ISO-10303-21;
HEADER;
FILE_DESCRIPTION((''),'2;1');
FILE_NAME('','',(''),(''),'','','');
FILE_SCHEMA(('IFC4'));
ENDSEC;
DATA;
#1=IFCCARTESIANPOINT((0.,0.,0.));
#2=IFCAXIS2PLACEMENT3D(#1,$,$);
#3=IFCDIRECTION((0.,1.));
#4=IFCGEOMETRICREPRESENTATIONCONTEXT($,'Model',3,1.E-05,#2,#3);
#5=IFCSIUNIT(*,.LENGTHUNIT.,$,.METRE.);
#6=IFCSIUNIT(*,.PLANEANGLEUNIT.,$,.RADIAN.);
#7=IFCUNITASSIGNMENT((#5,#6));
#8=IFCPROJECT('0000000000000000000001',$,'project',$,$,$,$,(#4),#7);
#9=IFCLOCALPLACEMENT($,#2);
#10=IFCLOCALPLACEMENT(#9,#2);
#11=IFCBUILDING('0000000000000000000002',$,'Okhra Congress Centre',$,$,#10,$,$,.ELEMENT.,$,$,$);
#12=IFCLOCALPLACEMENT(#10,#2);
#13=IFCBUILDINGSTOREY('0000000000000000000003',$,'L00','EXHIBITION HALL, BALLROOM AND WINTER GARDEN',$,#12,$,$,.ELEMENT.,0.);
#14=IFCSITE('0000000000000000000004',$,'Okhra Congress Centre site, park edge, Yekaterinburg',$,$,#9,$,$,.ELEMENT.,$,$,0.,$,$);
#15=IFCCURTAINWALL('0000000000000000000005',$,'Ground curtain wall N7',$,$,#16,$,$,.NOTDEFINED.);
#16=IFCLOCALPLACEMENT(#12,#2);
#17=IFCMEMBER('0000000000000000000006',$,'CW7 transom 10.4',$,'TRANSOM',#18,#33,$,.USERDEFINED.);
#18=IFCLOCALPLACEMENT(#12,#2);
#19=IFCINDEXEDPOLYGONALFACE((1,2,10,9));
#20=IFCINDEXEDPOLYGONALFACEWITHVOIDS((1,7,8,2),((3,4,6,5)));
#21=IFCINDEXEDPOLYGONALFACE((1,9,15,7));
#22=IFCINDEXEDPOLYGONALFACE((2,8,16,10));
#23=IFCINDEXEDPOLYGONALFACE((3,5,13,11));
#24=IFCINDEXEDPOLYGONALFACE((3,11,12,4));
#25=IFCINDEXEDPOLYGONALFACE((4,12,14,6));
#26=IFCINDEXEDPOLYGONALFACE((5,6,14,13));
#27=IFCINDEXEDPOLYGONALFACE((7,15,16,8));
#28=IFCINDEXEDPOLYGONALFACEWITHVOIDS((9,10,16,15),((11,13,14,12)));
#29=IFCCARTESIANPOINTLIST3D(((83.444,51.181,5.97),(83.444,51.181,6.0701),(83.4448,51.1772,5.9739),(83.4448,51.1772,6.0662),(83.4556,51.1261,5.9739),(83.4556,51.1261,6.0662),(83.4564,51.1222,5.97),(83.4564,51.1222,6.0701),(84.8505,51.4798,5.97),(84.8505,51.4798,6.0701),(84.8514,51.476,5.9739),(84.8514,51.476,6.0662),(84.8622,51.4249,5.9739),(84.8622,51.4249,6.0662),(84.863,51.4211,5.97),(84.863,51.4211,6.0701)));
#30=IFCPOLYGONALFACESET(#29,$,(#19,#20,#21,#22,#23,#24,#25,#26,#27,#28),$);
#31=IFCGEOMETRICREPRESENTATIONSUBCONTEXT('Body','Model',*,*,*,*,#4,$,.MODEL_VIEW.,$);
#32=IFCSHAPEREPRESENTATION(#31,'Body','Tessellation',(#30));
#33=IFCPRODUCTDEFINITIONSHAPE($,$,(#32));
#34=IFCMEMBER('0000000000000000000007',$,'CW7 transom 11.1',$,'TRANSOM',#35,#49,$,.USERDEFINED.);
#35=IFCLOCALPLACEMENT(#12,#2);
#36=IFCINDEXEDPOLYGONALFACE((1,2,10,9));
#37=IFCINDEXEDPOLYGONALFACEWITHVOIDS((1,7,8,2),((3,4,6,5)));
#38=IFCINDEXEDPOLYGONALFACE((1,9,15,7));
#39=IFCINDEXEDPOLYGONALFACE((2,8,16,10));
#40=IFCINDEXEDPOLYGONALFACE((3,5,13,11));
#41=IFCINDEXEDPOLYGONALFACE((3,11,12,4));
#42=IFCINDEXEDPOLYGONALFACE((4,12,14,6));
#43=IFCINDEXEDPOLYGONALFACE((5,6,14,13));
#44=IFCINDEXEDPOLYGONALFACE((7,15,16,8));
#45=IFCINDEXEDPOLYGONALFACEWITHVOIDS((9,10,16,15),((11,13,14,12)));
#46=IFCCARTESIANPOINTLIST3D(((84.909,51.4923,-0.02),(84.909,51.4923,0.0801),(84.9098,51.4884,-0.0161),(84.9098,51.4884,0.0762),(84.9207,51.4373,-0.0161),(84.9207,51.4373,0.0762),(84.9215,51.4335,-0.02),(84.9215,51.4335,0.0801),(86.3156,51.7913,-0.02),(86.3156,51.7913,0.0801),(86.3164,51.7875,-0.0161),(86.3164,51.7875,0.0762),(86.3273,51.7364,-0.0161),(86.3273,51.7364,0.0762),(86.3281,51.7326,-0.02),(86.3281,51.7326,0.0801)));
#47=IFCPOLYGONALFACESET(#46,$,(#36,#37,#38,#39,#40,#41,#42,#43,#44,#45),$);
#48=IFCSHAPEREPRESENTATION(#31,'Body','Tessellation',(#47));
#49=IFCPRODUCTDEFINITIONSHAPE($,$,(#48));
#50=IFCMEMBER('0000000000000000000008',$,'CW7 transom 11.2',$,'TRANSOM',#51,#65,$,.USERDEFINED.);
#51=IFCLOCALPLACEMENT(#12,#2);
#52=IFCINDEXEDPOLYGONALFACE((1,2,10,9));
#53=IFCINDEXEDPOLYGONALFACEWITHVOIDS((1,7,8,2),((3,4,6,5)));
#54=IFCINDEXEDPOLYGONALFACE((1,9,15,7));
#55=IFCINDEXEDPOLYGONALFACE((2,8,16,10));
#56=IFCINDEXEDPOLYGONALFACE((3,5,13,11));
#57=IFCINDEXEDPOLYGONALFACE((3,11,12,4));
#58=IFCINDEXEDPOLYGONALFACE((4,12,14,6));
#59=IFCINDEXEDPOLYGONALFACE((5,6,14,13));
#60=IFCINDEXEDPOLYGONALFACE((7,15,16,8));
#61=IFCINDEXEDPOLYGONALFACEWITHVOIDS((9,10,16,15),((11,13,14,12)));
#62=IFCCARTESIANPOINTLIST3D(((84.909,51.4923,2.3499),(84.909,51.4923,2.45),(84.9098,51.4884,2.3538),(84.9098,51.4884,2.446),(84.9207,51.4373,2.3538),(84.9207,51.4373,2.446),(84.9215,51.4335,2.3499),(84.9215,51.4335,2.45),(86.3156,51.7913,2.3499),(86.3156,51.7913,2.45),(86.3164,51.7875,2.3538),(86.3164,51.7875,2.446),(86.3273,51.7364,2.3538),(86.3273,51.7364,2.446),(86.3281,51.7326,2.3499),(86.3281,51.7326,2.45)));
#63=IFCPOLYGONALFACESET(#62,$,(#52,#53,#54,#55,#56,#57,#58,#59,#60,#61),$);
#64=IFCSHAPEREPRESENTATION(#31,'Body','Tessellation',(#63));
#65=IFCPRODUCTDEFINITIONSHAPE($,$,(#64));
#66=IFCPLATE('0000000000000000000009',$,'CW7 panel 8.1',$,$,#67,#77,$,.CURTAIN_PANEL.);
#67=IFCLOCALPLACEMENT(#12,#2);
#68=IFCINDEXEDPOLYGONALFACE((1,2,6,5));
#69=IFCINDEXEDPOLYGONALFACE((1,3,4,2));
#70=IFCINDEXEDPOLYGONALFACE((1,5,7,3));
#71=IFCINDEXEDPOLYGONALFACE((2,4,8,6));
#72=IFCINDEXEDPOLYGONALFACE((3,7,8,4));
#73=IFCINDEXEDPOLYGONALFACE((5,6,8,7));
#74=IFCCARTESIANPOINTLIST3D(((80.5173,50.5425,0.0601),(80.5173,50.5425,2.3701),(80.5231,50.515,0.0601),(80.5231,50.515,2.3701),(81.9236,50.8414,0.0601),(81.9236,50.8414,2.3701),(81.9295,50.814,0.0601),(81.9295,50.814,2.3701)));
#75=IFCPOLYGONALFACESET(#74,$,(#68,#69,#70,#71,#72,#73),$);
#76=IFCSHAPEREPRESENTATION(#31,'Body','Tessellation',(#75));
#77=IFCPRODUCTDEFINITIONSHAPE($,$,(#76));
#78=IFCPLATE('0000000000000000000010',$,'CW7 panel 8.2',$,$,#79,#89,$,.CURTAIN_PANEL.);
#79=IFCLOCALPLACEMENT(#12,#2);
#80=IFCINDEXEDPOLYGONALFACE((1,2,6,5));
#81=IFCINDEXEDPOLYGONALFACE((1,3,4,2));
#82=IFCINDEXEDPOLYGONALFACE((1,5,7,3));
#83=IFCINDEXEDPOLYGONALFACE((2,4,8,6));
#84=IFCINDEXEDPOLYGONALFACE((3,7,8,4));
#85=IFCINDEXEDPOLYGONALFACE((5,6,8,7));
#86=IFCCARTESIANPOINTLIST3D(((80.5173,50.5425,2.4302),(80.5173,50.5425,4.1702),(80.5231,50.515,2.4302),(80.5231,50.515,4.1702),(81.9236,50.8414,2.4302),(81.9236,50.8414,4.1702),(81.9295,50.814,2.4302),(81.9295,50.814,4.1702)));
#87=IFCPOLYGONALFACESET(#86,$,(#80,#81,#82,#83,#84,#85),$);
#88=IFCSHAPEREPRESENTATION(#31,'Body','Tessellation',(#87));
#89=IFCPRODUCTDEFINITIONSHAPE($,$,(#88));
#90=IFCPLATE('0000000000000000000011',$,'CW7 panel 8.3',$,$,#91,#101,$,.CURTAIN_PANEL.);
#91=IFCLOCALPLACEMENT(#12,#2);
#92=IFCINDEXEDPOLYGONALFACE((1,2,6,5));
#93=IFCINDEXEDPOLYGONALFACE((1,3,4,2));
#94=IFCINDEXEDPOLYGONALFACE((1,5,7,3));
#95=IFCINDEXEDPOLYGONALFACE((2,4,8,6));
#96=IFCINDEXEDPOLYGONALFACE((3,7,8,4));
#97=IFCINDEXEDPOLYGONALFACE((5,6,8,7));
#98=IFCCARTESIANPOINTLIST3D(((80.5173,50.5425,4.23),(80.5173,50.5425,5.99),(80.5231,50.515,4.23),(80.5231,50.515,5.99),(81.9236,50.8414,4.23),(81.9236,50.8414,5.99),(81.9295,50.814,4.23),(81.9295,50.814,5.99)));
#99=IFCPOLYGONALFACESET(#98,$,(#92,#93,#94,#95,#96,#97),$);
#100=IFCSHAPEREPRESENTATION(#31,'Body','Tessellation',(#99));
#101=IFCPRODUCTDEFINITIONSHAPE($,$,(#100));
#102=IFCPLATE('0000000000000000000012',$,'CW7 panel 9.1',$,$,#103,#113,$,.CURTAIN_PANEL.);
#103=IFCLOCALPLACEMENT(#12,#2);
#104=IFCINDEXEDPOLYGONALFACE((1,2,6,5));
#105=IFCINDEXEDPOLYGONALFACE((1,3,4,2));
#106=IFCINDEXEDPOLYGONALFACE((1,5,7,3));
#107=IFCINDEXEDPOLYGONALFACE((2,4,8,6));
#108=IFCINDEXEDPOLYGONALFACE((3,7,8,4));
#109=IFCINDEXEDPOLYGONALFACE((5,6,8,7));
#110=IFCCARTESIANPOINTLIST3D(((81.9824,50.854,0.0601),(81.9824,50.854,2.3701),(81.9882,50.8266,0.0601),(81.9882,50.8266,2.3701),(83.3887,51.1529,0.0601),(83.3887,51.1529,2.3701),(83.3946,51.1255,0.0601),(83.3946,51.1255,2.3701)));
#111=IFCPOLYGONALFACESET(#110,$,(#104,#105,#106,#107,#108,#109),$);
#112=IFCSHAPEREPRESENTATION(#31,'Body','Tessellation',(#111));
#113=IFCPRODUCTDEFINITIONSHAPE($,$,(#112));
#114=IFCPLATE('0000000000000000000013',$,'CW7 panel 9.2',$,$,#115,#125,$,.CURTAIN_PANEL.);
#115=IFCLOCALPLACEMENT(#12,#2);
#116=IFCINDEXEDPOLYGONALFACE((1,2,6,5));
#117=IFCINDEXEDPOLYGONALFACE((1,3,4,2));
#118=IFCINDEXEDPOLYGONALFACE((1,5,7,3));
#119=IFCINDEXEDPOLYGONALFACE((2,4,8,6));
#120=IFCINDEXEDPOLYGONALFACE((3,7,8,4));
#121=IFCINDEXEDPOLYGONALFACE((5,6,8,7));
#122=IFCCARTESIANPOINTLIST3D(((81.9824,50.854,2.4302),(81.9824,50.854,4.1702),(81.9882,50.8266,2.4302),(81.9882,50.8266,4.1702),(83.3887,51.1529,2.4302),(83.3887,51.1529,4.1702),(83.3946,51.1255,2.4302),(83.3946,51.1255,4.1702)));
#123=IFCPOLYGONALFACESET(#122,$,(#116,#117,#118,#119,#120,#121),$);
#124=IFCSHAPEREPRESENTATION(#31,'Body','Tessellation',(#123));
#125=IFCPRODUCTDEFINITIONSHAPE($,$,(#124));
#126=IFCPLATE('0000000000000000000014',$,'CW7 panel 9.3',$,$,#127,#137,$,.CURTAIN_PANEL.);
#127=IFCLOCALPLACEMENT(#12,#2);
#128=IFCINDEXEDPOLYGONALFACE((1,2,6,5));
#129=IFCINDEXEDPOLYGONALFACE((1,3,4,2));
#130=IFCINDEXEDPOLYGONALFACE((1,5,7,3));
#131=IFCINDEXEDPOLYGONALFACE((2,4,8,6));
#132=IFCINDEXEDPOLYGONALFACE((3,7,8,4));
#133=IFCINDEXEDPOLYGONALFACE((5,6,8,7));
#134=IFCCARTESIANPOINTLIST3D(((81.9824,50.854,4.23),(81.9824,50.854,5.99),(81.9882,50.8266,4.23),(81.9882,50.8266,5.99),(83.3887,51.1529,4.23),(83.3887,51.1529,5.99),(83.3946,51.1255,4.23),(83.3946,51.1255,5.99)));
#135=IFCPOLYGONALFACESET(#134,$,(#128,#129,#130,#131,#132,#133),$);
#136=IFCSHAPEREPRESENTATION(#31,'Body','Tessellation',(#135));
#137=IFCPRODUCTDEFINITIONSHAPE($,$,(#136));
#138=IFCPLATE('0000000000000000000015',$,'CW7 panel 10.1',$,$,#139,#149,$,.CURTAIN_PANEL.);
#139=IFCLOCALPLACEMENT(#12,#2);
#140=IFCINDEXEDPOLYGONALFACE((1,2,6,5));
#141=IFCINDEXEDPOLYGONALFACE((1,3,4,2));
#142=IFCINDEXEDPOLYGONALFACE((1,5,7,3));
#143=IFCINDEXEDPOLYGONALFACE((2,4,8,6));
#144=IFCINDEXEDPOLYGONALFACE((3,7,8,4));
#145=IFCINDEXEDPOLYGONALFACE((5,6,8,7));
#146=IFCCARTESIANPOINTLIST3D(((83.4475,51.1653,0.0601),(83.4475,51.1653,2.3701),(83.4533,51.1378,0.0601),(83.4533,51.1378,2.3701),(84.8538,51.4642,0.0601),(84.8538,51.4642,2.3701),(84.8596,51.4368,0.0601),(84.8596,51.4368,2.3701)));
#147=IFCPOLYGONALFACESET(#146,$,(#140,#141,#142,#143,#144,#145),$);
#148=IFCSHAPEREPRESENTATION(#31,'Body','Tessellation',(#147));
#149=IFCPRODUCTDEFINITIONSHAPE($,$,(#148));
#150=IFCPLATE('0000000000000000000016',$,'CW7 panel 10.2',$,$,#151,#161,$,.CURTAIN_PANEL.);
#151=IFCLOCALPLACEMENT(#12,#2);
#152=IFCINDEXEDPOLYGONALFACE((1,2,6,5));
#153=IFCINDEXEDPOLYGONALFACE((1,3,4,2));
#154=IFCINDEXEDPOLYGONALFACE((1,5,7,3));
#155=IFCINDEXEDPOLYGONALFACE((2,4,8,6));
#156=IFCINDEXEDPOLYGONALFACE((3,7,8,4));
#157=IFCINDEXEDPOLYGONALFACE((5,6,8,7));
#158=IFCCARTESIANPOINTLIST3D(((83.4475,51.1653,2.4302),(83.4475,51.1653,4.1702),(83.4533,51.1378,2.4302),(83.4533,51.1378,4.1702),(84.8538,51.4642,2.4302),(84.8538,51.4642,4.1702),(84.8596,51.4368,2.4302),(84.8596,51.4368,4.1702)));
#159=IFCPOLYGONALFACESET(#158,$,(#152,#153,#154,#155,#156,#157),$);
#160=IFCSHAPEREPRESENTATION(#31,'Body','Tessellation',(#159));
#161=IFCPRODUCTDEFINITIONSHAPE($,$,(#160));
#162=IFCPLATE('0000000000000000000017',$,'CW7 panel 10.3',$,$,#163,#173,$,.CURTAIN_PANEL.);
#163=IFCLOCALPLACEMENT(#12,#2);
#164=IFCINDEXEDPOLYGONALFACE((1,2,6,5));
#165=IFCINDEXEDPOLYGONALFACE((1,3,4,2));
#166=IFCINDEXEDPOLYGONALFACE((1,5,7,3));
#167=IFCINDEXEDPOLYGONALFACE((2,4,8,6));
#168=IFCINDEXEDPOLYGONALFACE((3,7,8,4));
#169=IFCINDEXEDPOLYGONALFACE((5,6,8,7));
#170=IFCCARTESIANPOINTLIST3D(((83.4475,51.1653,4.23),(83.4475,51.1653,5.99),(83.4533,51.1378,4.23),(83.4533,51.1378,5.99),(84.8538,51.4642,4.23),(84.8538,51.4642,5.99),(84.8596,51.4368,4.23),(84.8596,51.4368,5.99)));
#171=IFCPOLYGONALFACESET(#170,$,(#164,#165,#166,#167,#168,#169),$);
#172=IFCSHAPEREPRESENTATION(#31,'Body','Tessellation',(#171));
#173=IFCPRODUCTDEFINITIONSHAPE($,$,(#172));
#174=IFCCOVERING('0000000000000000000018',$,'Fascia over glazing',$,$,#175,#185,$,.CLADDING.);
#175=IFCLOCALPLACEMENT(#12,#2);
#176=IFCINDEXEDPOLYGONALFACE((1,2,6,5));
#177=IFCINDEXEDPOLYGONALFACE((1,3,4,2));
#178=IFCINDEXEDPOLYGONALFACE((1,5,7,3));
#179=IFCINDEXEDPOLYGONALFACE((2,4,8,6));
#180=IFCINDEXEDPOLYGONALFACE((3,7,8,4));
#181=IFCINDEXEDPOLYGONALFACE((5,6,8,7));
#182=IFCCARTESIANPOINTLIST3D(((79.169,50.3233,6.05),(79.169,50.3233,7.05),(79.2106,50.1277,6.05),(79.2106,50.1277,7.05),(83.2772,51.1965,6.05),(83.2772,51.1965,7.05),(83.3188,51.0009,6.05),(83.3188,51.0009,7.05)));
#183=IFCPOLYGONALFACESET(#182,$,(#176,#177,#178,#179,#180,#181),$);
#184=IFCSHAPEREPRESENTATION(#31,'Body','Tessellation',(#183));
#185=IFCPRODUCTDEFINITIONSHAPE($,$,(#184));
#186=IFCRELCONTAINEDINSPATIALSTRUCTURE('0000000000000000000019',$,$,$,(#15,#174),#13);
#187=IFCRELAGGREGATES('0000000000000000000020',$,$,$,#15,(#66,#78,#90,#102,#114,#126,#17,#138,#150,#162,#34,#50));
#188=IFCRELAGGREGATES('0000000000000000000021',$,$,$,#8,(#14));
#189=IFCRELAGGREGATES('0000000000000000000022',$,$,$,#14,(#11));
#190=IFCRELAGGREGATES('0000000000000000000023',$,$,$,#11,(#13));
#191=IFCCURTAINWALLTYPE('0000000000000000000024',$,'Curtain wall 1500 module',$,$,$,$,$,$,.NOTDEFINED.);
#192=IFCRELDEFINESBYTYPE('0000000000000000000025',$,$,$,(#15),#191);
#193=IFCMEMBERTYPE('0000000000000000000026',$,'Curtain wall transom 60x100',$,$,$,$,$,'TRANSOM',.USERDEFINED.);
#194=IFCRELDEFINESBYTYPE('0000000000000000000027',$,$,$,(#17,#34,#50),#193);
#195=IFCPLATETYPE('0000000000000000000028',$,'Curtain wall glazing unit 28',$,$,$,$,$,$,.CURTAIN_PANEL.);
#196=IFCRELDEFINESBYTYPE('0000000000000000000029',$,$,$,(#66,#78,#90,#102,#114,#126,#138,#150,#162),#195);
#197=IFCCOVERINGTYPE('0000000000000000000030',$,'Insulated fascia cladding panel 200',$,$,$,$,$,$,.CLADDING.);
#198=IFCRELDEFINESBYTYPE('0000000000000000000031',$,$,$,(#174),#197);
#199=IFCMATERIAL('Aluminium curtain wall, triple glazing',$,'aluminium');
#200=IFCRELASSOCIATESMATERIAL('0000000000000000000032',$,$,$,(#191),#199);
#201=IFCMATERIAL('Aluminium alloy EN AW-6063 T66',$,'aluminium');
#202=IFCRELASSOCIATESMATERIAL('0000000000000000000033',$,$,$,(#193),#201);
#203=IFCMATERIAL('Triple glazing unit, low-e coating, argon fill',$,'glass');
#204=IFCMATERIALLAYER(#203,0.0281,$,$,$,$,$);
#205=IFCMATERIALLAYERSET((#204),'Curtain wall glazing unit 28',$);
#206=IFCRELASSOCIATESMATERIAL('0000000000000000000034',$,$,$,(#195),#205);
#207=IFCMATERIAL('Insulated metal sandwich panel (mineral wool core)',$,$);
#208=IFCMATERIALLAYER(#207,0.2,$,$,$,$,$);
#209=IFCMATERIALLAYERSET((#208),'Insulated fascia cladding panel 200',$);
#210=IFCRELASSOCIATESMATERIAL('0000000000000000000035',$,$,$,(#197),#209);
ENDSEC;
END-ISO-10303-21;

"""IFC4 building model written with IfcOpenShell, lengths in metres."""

from ifc_helpers import new_model, si_unit, direction, frame, origin, origin_2d, place, context, subcontext, project, spatial, rectangle, hollow_rectangle, extrude, material, layer, layer_set, material_profile, profile_set, type_object, element, aggregate, save


model = new_model("IFC4")

# Units and contexts
model_context = context("Model", 3, precision=1e-05, world=origin(), true_north=direction((0.0, 1.0)))
body_context = subcontext(model_context, "Body", "Model", "MODEL_VIEW")
ifc_project = project(units=[si_unit("LENGTHUNIT", "METRE"), si_unit("PLANEANGLEUNIT", "RADIAN")], contexts=[model_context])

# Site, building, storey
site_placement = place(None, origin())
site = spatial("IfcSite", under=ifc_project, at=site_placement, Name="Okhra Congress Centre site, park edge, Yekaterinburg", CompositionType="ELEMENT", RefElevation=0.0)
building_placement = place(site_placement, origin())
building = spatial("IfcBuilding", under=site, at=building_placement, Name="Okhra Congress Centre", CompositionType="ELEMENT")
storey_placement = place(building_placement, origin())
storey = spatial("IfcBuildingStorey", under=building, at=storey_placement, Name="L00", Description="EXHIBITION HALL, BALLROOM AND WINTER GARDEN", CompositionType="ELEMENT", Elevation=0.0)

# Curtain wall, members, plates
ifc_material_1 = material(Name="Aluminium curtain wall, triple glazing", Category="aluminium")
curtain_wall_type = type_object("IfcCurtainWallType", Name="Curtain wall 1500 module", PredefinedType="NOTDEFINED", material=ifc_material_1)
curtain_wall_placement = place(storey_placement, origin())
curtain_wall = element("IfcCurtainWall", 1, at=curtain_wall_placement, inside=storey, type_object=curtain_wall_type, Name="Ground curtain wall N7", PredefinedType="NOTDEFINED")
ifc_material_2 = material(Name="Aluminium alloy EN AW-6063 T66", Category="aluminium")
ifc_material_profile_1 = material_profile(ifc_material_2, hollow_rectangle(XDim=0.0601, YDim=0.1001, WallThickness=0.0039, at=origin_2d()), Name="RHS 60x100x4")
ifc_profile_set_1 = profile_set([ifc_material_profile_1], Name="Aluminium alloy EN AW-6063 T66")
member_type_1 = type_object("IfcMemberType", Name="Curtain wall transom 60x100", ElementType="TRANSOM", PredefinedType="USERDEFINED", material=ifc_profile_set_1)
member_1_placement = place(storey_placement, frame((83.4502, 51.1516, 6.02), z_axis=(0.978166, 0.207824, 0.0), x_axis=(-0.207824, 0.978166, 0.0)))
member_1 = element("IfcMember", 2, at=member_1_placement, type_object=member_type_1, Name="CW7 transom 10.4", ObjectType="TRANSOM", PredefinedType="USERDEFINED", context=body_context, shape_type="SweptSolid", body=[
    extrude(hollow_rectangle(XDim=0.0601, YDim=0.1001, WallThickness=0.0039, at=origin_2d()), origin(), (0.0, 0.0, 1.0), 1.438),
])
member_2_placement = place(storey_placement, frame((84.9153, 51.4629, 0.03), z_axis=(0.978132, 0.207987, 0.0), x_axis=(-0.207987, 0.978132, 0.0)))
member_2 = element("IfcMember", 3, at=member_2_placement, type_object=member_type_1, Name="CW7 transom 11.1", ObjectType="TRANSOM", PredefinedType="USERDEFINED", context=body_context, shape_type="SweptSolid", body=[
    extrude(hollow_rectangle(XDim=0.0601, YDim=0.1001, WallThickness=0.0039, at=origin_2d()), origin(), (0.0, 0.0, 1.0), 1.438),
])
member_3_placement = place(storey_placement, frame((84.9153, 51.4629, 2.3999), z_axis=(0.978132, 0.207987, 0.0), x_axis=(-0.207987, 0.978132, 0.0)))
member_3 = element("IfcMember", 4, at=member_3_placement, type_object=member_type_1, Name="CW7 transom 11.2", ObjectType="TRANSOM", PredefinedType="USERDEFINED", context=body_context, shape_type="SweptSolid", body=[
    extrude(hollow_rectangle(XDim=0.0601, YDim=0.1001, WallThickness=0.0039, at=origin_2d()), origin(), (0.0, 0.0, 1.0), 1.438),
])
ifc_material_3 = material(Name="Triple glazing unit, low-e coating, argon fill", Category="glass")
ifc_layer_1 = layer(ifc_material_3, 0.0281)
ifc_layer_set_1 = layer_set([ifc_layer_1], Name="Curtain wall glazing unit 28")
plate_type = type_object("IfcPlateType", Name="Curtain wall glazing unit 28", PredefinedType="CURTAIN_PANEL", material=ifc_layer_set_1)
plate_1_placement = place(storey_placement, frame((81.2234, 50.6782, 0.0601), z_axis=(0.0, 0.0, 1.0), x_axis=(0.978148, 0.207912, 0.0)))
plate_1 = element("IfcPlate", 5, at=plate_1_placement, type_object=plate_type, Name="CW7 panel 8.1", PredefinedType="CURTAIN_PANEL", context=body_context, shape_type="SweptSolid", body=[
    extrude(rectangle(XDim=1.4377, YDim=0.0281, at=origin_2d()), origin(), (0.0, 0.0, 1.0), 2.3101),
])
plate_2_placement = place(storey_placement, frame((81.2234, 50.6782, 2.4302), z_axis=(0.0, 0.0, 1.0), x_axis=(0.978148, 0.207912, 0.0)))
plate_2 = element("IfcPlate", 6, at=plate_2_placement, type_object=plate_type, Name="CW7 panel 8.2", PredefinedType="CURTAIN_PANEL", context=body_context, shape_type="SweptSolid", body=[
    extrude(rectangle(XDim=1.4377, YDim=0.0281, at=origin_2d()), origin(), (0.0, 0.0, 1.0), 1.74),
])
plate_3_placement = place(storey_placement, frame((81.2234, 50.6782, 4.23), z_axis=(0.0, 0.0, 1.0), x_axis=(0.978148, 0.207912, 0.0)))
plate_3 = element("IfcPlate", 7, at=plate_3_placement, type_object=plate_type, Name="CW7 panel 8.3", PredefinedType="CURTAIN_PANEL", context=body_context, shape_type="SweptSolid", body=[
    extrude(rectangle(XDim=1.4377, YDim=0.0281, at=origin_2d()), origin(), (0.0, 0.0, 1.0), 1.76),
])
plate_4_placement = place(storey_placement, frame((82.6885, 50.9897, 0.0601), z_axis=(0.0, 0.0, 1.0), x_axis=(0.978148, 0.207912, 0.0)))
plate_4 = element("IfcPlate", 8, at=plate_4_placement, type_object=plate_type, Name="CW7 panel 9.1", PredefinedType="CURTAIN_PANEL", context=body_context, shape_type="SweptSolid", body=[
    extrude(rectangle(XDim=1.4377, YDim=0.0281, at=origin_2d()), origin(), (0.0, 0.0, 1.0), 2.3101),
])
plate_5_placement = place(storey_placement, frame((82.6885, 50.9897, 2.4302), z_axis=(0.0, 0.0, 1.0), x_axis=(0.978148, 0.207912, 0.0)))
plate_5 = element("IfcPlate", 9, at=plate_5_placement, type_object=plate_type, Name="CW7 panel 9.2", PredefinedType="CURTAIN_PANEL", context=body_context, shape_type="SweptSolid", body=[
    extrude(rectangle(XDim=1.4377, YDim=0.0281, at=origin_2d()), origin(), (0.0, 0.0, 1.0), 1.74),
])
plate_6_placement = place(storey_placement, frame((82.6885, 50.9897, 4.23), z_axis=(0.0, 0.0, 1.0), x_axis=(0.978148, 0.207912, 0.0)))
plate_6 = element("IfcPlate", 10, at=plate_6_placement, type_object=plate_type, Name="CW7 panel 9.3", PredefinedType="CURTAIN_PANEL", context=body_context, shape_type="SweptSolid", body=[
    extrude(rectangle(XDim=1.4377, YDim=0.0281, at=origin_2d()), origin(), (0.0, 0.0, 1.0), 1.76),
])
plate_7_placement = place(storey_placement, frame((84.1536, 51.301, 0.0601), z_axis=(0.0, 0.0, 1.0), x_axis=(0.978148, 0.207912, 0.0)))
plate_7 = element("IfcPlate", 11, at=plate_7_placement, type_object=plate_type, Name="CW7 panel 10.1", PredefinedType="CURTAIN_PANEL", context=body_context, shape_type="SweptSolid", body=[
    extrude(rectangle(XDim=1.4377, YDim=0.0281, at=origin_2d()), origin(), (0.0, 0.0, 1.0), 2.3101),
])
plate_8_placement = place(storey_placement, frame((84.1536, 51.301, 2.4302), z_axis=(0.0, 0.0, 1.0), x_axis=(0.978148, 0.207912, 0.0)))
plate_8 = element("IfcPlate", 12, at=plate_8_placement, type_object=plate_type, Name="CW7 panel 10.2", PredefinedType="CURTAIN_PANEL", context=body_context, shape_type="SweptSolid", body=[
    extrude(rectangle(XDim=1.4377, YDim=0.0281, at=origin_2d()), origin(), (0.0, 0.0, 1.0), 1.74),
])
plate_9_placement = place(storey_placement, frame((84.1536, 51.301, 4.23), z_axis=(0.0, 0.0, 1.0), x_axis=(0.978148, 0.207912, 0.0)))
plate_9 = element("IfcPlate", 13, at=plate_9_placement, type_object=plate_type, Name="CW7 panel 10.3", PredefinedType="CURTAIN_PANEL", context=body_context, shape_type="SweptSolid", body=[
    extrude(rectangle(XDim=1.4377, YDim=0.0281, at=origin_2d()), origin(), (0.0, 0.0, 1.0), 1.76),
])
aggregate(curtain_wall, [plate_1, plate_2, plate_3, plate_4, plate_5, plate_6, member_1, plate_7, plate_8, plate_9, member_2, member_3])

# Covering
ifc_material_4 = material(Name="Insulated metal sandwich panel (mineral wool core)")
ifc_layer_2 = layer(ifc_material_4, 0.2)
ifc_layer_set_2 = layer_set([ifc_layer_2], Name="Insulated fascia cladding panel 200")
covering_type = type_object("IfcCoveringType", Name="Insulated fascia cladding panel 200", PredefinedType="CLADDING", material=ifc_layer_set_2)
covering_placement = place(storey_placement, frame((81.2439, 50.6621, 6.05), z_axis=(0.0, 0.0, 1.0), x_axis=(0.978148, 0.207912, 0.0)))
element("IfcCovering", 14, at=covering_placement, inside=storey, type_object=covering_type, Name="Fascia over glazing", PredefinedType="CLADDING", context=body_context, shape_type="SweptSolid", body=[
    extrude(rectangle(XDim=4.2, YDim=0.2, at=origin_2d()), origin(), (0.0, 0.0, 1.0), 1.0),
])

save(model, "model.ifc")
